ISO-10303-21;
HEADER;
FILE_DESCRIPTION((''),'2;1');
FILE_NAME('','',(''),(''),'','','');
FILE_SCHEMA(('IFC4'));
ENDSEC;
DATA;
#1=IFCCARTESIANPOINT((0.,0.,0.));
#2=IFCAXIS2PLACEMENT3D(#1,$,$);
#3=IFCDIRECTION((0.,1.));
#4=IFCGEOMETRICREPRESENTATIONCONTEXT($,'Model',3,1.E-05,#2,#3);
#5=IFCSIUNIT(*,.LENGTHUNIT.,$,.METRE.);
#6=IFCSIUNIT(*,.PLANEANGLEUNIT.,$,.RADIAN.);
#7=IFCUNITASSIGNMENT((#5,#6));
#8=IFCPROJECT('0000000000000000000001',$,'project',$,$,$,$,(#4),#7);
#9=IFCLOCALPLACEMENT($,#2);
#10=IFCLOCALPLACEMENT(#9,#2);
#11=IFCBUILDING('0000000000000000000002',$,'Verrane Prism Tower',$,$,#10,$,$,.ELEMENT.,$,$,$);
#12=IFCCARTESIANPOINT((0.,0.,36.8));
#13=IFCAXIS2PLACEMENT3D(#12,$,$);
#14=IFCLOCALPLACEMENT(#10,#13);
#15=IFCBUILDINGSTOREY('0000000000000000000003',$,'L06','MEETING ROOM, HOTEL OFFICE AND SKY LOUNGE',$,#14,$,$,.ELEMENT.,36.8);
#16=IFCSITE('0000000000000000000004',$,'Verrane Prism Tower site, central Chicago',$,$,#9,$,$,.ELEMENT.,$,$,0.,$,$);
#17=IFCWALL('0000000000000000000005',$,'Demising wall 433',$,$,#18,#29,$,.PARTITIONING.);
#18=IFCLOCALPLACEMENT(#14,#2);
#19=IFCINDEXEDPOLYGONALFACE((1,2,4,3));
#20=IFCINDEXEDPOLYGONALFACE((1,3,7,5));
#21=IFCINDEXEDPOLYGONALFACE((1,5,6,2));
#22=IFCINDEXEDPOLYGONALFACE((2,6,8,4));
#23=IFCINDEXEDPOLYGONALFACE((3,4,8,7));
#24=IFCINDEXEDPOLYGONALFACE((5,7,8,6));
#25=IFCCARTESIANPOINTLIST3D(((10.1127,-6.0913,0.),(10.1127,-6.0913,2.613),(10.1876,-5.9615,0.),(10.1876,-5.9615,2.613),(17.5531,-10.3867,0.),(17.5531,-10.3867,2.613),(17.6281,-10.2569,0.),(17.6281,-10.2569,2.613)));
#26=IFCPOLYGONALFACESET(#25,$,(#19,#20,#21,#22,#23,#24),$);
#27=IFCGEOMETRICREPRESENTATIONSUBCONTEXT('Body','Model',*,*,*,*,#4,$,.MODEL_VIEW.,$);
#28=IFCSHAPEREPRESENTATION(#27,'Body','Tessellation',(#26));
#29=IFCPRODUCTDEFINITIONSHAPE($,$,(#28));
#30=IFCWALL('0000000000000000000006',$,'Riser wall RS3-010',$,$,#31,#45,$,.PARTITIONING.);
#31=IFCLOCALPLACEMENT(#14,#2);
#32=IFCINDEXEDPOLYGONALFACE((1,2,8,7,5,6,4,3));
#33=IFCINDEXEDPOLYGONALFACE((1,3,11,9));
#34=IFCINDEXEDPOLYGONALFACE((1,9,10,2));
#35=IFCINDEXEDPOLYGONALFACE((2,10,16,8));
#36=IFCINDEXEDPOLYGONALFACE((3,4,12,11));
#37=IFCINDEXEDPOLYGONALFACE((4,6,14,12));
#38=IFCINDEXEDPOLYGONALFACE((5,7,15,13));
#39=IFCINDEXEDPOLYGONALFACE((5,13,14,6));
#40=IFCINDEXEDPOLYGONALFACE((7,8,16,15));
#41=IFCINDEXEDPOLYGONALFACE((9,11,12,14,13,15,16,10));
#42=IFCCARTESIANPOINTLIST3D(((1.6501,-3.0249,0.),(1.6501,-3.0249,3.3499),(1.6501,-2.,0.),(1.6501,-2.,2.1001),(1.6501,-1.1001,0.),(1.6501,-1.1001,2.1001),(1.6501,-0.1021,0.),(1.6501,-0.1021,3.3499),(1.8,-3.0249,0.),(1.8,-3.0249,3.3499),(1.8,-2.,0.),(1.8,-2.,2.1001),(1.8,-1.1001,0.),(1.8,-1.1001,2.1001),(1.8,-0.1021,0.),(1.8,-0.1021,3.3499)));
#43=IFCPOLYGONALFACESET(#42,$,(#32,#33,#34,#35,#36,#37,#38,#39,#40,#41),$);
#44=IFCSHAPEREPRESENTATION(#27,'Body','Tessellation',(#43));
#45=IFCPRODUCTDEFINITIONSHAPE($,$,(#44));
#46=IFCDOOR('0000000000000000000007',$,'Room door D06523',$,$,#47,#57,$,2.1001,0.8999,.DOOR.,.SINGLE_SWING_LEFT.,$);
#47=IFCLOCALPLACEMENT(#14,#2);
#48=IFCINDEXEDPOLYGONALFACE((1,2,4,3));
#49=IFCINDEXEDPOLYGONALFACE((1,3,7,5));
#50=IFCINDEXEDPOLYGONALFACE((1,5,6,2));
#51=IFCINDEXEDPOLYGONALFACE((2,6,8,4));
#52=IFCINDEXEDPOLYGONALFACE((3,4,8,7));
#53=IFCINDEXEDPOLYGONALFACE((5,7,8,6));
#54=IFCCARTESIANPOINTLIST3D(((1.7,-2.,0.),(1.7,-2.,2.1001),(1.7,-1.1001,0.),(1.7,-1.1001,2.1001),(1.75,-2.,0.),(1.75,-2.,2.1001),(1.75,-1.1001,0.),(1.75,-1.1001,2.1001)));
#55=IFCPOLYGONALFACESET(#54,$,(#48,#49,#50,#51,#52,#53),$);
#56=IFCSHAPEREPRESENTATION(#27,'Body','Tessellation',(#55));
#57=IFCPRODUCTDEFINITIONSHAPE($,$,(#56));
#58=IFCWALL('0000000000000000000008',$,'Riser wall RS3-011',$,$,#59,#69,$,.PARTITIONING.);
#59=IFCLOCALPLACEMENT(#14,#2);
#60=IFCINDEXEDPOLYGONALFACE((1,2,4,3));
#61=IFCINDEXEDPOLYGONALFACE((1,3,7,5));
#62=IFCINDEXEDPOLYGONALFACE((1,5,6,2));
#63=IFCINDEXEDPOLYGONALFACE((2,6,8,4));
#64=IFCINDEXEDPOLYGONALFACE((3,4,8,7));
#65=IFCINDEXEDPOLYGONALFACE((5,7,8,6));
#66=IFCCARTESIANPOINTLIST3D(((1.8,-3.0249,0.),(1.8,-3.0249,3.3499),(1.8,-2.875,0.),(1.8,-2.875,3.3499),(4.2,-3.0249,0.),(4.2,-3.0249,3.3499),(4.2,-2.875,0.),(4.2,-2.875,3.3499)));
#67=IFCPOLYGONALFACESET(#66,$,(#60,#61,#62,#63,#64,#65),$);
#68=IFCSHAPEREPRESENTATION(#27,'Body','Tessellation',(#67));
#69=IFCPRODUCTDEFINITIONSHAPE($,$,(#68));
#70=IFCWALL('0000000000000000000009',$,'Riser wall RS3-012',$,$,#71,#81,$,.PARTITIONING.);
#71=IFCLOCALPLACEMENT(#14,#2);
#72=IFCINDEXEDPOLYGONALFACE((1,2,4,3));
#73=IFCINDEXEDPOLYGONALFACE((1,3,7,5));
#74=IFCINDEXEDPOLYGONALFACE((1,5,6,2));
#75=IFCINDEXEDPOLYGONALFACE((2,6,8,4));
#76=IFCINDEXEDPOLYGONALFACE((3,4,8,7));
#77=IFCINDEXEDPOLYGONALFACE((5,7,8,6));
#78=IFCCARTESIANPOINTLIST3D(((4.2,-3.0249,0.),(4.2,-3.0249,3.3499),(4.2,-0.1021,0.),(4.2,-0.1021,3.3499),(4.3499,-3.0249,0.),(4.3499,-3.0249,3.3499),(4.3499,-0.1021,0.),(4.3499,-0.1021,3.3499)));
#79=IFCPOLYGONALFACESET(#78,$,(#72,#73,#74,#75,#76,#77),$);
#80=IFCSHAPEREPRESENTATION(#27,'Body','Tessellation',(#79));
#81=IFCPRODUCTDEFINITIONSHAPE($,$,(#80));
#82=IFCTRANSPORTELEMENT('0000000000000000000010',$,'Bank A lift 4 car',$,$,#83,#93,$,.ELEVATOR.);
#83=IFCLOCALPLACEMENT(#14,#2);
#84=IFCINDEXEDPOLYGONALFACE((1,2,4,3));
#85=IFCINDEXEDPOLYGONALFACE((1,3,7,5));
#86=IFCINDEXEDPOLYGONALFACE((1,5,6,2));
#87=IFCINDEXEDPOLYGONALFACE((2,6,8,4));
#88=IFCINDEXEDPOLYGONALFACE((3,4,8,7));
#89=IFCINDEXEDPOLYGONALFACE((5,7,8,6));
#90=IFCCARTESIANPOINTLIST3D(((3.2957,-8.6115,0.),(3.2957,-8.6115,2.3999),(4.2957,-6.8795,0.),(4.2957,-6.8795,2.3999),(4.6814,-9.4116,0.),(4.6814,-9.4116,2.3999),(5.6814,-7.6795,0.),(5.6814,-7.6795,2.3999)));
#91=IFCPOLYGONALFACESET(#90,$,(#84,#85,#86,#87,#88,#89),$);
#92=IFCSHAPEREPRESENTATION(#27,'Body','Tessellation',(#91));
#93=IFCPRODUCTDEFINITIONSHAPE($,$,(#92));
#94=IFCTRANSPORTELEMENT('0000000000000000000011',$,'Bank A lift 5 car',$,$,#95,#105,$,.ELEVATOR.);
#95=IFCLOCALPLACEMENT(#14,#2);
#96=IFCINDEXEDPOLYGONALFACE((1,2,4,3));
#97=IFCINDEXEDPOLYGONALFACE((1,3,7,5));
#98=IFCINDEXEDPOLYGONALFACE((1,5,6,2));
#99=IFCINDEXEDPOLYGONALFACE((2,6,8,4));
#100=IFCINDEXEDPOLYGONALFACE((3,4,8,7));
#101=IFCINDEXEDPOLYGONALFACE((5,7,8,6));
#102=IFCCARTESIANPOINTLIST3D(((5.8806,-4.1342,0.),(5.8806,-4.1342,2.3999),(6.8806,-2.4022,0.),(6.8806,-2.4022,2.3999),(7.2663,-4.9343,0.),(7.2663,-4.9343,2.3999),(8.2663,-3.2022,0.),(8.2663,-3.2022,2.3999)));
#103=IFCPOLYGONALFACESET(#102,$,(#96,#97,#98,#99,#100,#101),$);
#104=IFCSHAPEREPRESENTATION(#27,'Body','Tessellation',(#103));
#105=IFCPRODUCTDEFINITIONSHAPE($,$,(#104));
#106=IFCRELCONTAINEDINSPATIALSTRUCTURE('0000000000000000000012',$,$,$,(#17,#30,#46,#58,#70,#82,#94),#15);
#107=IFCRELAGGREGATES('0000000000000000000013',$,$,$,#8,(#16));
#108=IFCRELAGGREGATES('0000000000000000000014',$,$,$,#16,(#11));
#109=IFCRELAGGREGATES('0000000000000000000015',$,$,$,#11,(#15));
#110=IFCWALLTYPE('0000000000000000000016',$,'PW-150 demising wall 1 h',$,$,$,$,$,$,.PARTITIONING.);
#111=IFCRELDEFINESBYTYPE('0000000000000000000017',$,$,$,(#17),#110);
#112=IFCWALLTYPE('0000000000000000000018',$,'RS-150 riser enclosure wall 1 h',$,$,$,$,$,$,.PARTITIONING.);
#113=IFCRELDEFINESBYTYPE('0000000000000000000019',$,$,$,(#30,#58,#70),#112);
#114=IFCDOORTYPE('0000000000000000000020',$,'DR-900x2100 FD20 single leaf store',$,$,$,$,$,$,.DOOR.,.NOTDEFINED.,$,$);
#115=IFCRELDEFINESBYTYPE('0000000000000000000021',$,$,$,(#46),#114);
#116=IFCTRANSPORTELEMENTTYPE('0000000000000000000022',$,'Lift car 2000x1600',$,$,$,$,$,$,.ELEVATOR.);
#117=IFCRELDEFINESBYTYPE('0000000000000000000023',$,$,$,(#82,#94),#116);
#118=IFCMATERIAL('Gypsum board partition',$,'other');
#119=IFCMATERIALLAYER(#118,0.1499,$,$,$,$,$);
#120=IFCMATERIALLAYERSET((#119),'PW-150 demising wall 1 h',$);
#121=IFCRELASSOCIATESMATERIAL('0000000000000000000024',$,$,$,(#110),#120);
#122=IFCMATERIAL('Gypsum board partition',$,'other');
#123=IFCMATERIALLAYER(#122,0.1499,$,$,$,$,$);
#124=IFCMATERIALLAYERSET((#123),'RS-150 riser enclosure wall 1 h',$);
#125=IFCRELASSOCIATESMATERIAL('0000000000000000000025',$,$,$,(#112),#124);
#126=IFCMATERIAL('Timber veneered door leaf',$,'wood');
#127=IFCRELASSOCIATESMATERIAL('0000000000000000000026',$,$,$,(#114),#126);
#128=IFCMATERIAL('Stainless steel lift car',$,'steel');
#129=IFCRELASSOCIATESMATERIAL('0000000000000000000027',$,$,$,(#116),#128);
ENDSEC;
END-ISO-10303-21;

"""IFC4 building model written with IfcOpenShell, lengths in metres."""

from ifc_helpers import new_model, si_unit, direction, frame, frame_2d, origin, origin_2d, place, context, subcontext, project, spatial, rectangle, extrude, material, layer, layer_set, type_object, element, fill, save


model = new_model("IFC4")

# Units and contexts
model_context = context("Model", 3, precision=1e-05, world=origin(), true_north=direction((0.0, 1.0)))
body_context = subcontext(model_context, "Body", "Model", "MODEL_VIEW")
ifc_project = project(units=[si_unit("LENGTHUNIT", "METRE"), si_unit("PLANEANGLEUNIT", "RADIAN")], contexts=[model_context])

# Site, building, storey
site_placement = place(None, origin())
site = spatial("IfcSite", under=ifc_project, at=site_placement, Name="Verrane Prism Tower site, central Chicago", CompositionType="ELEMENT", RefElevation=0.0)
building_placement = place(site_placement, origin())
building = spatial("IfcBuilding", under=site, at=building_placement, Name="Verrane Prism Tower", CompositionType="ELEMENT")
storey_placement = place(building_placement, frame((0.0, 0.0, 36.8)))
storey = spatial("IfcBuildingStorey", under=building, at=storey_placement, Name="L06", Description="MEETING ROOM, HOTEL OFFICE AND SKY LOUNGE", CompositionType="ELEMENT", Elevation=36.8)

# Wall
ifc_material_1 = material(Name="Gypsum board partition", Category="other")
ifc_layer_1 = layer(ifc_material_1, 0.1499)
ifc_layer_set_1 = layer_set([ifc_layer_1], Name="PW-150 demising wall 1 h")
wall_type_1 = type_object("IfcWallType", Name="PW-150 demising wall 1 h", PredefinedType="PARTITIONING", material=ifc_layer_set_1)
wall_1_placement = place(storey_placement, frame((10.1501, -6.0264, 0.0), z_axis=(0.0, 0.0, 1.0), x_axis=(0.866042, -0.499972, 0.0)))
element("IfcWall", 1, at=wall_1_placement, inside=storey, type_object=wall_type_1, Name="Demising wall 433", PredefinedType="PARTITIONING", context=body_context, shape_type="SweptSolid", body=[
    extrude(rectangle(XDim=8.5913, YDim=0.1499, at=frame_2d((4.2957, 0.0))), origin(), (0.0, 0.0, 1.0), 2.613),
])

# Wall, opening, door
ifc_material_2 = material(Name="Gypsum board partition", Category="other")
ifc_layer_2 = layer(ifc_material_2, 0.1499)
ifc_layer_set_2 = layer_set([ifc_layer_2], Name="RS-150 riser enclosure wall 1 h")
wall_type_2 = type_object("IfcWallType", Name="RS-150 riser enclosure wall 1 h", PredefinedType="PARTITIONING", material=ifc_layer_set_2)
wall_2_placement = place(storey_placement, frame((1.7251, -0.1021, 0.0), z_axis=(0.0, 0.0, 1.0), x_axis=(0.0, -1.0, 0.0)))
wall_2 = element("IfcWall", 2, at=wall_2_placement, inside=storey, type_object=wall_type_2, Name="Riser wall RS3-010", PredefinedType="PARTITIONING", context=body_context, shape_type="SweptSolid", body=[
    extrude(rectangle(XDim=2.9229, YDim=0.1499, at=frame_2d((1.4614, 0.0))), origin(), (0.0, 0.0, 1.0), 3.3499),
])
opening_1_placement = place(wall_2_placement, frame((0.998, 0.0, 0.0)))
opening_1 = element("IfcOpeningElement", 3, at=opening_1_placement, cuts=wall_2, PredefinedType="OPENING", context=body_context, shape_type="SweptSolid", body=[
    extrude(rectangle(XDim=0.8999, YDim=2.1001, at=frame_2d((0.45, 1.05))), frame((0.0, 0.085, 0.0), z_axis=(0.0, -1.0, 0.0), x_axis=(1.0, 0.0, 0.0)), (0.0, 0.0, 1.0), 0.1699),
])
ifc_material_3 = material(Name="Timber veneered door leaf", Category="wood")
door_type_1 = type_object("IfcDoorType", Name="DR-900x2100 FD20 single leaf store", OperationType="NOTDEFINED", PredefinedType="DOOR", material=ifc_material_3)
door_1_placement = place(opening_1_placement, origin())
door_1 = element("IfcDoor", 4, at=door_1_placement, inside=storey, type_object=door_type_1, Name="Room door D06523", OperationType="SINGLE_SWING_LEFT", OverallHeight=2.1001, OverallWidth=0.8999, PredefinedType="DOOR", context=body_context, shape_type="SweptSolid", body=[
    extrude(rectangle(XDim=0.8999, YDim=2.1001, at=frame_2d((0.45, 1.05))), frame((0.0, 0.0249, 0.0), z_axis=(0.0, -1.0, 0.0), x_axis=(1.0, 0.0, 0.0)), (0.0, 0.0, 1.0), 0.05),
])
fill(opening_1, door_1)

# Walls
wall_3_placement = place(storey_placement, frame((1.8, -2.95, 0.0), z_axis=(0.0, 0.0, 1.0), x_axis=(1.0, 0.0, 0.0)))
element("IfcWall", 5, at=wall_3_placement, inside=storey, type_object=wall_type_2, Name="Riser wall RS3-011", PredefinedType="PARTITIONING", context=body_context, shape_type="SweptSolid", body=[
    extrude(rectangle(XDim=2.3999, YDim=0.1499, at=frame_2d((1.2, 0.0))), origin(), (0.0, 0.0, 1.0), 3.3499),
])
wall_4_placement = place(storey_placement, frame((4.2749, -3.0249, 0.0), z_axis=(0.0, 0.0, 1.0), x_axis=(0.0, 1.0, 0.0)))
element("IfcWall", 6, at=wall_4_placement, inside=storey, type_object=wall_type_2, Name="Riser wall RS3-012", PredefinedType="PARTITIONING", context=body_context, shape_type="SweptSolid", body=[
    extrude(rectangle(XDim=2.9229, YDim=0.1499, at=frame_2d((1.4614, 0.0))), origin(), (0.0, 0.0, 1.0), 3.3499),
])

# Transport elements
ifc_material_4 = material(Name="Stainless steel lift car", Category="steel")
transport_element_type = type_object("IfcTransportElementType", Name="Lift car 2000x1600", PredefinedType="ELEVATOR", material=ifc_material_4)
for number, where, z_axis, x_axis, name in (
    (7, (4.4885, -8.1455, 0.0), (0.0, 0.0, 1.0), (0.5, 0.866025, 0.0), "Bank A lift 4 car"),
    (8, (7.0735, -3.6682, 0.0), (0.0, 0.0, 1.0), (0.5, 0.866025, 0.0), "Bank A lift 5 car"),
):
    element("IfcTransportElement", number, at=place(storey_placement, frame(where, z_axis=z_axis, x_axis=x_axis)), inside=storey, type_object=transport_element_type, Name=name, PredefinedType="ELEVATOR", context=body_context, shape_type="SweptSolid", body=[
        extrude(rectangle(XDim=2.0, YDim=1.6001, at=origin_2d()), origin(), (0.0, 0.0, 1.0), 2.3999),
    ])

save(model, "model.ifc")
